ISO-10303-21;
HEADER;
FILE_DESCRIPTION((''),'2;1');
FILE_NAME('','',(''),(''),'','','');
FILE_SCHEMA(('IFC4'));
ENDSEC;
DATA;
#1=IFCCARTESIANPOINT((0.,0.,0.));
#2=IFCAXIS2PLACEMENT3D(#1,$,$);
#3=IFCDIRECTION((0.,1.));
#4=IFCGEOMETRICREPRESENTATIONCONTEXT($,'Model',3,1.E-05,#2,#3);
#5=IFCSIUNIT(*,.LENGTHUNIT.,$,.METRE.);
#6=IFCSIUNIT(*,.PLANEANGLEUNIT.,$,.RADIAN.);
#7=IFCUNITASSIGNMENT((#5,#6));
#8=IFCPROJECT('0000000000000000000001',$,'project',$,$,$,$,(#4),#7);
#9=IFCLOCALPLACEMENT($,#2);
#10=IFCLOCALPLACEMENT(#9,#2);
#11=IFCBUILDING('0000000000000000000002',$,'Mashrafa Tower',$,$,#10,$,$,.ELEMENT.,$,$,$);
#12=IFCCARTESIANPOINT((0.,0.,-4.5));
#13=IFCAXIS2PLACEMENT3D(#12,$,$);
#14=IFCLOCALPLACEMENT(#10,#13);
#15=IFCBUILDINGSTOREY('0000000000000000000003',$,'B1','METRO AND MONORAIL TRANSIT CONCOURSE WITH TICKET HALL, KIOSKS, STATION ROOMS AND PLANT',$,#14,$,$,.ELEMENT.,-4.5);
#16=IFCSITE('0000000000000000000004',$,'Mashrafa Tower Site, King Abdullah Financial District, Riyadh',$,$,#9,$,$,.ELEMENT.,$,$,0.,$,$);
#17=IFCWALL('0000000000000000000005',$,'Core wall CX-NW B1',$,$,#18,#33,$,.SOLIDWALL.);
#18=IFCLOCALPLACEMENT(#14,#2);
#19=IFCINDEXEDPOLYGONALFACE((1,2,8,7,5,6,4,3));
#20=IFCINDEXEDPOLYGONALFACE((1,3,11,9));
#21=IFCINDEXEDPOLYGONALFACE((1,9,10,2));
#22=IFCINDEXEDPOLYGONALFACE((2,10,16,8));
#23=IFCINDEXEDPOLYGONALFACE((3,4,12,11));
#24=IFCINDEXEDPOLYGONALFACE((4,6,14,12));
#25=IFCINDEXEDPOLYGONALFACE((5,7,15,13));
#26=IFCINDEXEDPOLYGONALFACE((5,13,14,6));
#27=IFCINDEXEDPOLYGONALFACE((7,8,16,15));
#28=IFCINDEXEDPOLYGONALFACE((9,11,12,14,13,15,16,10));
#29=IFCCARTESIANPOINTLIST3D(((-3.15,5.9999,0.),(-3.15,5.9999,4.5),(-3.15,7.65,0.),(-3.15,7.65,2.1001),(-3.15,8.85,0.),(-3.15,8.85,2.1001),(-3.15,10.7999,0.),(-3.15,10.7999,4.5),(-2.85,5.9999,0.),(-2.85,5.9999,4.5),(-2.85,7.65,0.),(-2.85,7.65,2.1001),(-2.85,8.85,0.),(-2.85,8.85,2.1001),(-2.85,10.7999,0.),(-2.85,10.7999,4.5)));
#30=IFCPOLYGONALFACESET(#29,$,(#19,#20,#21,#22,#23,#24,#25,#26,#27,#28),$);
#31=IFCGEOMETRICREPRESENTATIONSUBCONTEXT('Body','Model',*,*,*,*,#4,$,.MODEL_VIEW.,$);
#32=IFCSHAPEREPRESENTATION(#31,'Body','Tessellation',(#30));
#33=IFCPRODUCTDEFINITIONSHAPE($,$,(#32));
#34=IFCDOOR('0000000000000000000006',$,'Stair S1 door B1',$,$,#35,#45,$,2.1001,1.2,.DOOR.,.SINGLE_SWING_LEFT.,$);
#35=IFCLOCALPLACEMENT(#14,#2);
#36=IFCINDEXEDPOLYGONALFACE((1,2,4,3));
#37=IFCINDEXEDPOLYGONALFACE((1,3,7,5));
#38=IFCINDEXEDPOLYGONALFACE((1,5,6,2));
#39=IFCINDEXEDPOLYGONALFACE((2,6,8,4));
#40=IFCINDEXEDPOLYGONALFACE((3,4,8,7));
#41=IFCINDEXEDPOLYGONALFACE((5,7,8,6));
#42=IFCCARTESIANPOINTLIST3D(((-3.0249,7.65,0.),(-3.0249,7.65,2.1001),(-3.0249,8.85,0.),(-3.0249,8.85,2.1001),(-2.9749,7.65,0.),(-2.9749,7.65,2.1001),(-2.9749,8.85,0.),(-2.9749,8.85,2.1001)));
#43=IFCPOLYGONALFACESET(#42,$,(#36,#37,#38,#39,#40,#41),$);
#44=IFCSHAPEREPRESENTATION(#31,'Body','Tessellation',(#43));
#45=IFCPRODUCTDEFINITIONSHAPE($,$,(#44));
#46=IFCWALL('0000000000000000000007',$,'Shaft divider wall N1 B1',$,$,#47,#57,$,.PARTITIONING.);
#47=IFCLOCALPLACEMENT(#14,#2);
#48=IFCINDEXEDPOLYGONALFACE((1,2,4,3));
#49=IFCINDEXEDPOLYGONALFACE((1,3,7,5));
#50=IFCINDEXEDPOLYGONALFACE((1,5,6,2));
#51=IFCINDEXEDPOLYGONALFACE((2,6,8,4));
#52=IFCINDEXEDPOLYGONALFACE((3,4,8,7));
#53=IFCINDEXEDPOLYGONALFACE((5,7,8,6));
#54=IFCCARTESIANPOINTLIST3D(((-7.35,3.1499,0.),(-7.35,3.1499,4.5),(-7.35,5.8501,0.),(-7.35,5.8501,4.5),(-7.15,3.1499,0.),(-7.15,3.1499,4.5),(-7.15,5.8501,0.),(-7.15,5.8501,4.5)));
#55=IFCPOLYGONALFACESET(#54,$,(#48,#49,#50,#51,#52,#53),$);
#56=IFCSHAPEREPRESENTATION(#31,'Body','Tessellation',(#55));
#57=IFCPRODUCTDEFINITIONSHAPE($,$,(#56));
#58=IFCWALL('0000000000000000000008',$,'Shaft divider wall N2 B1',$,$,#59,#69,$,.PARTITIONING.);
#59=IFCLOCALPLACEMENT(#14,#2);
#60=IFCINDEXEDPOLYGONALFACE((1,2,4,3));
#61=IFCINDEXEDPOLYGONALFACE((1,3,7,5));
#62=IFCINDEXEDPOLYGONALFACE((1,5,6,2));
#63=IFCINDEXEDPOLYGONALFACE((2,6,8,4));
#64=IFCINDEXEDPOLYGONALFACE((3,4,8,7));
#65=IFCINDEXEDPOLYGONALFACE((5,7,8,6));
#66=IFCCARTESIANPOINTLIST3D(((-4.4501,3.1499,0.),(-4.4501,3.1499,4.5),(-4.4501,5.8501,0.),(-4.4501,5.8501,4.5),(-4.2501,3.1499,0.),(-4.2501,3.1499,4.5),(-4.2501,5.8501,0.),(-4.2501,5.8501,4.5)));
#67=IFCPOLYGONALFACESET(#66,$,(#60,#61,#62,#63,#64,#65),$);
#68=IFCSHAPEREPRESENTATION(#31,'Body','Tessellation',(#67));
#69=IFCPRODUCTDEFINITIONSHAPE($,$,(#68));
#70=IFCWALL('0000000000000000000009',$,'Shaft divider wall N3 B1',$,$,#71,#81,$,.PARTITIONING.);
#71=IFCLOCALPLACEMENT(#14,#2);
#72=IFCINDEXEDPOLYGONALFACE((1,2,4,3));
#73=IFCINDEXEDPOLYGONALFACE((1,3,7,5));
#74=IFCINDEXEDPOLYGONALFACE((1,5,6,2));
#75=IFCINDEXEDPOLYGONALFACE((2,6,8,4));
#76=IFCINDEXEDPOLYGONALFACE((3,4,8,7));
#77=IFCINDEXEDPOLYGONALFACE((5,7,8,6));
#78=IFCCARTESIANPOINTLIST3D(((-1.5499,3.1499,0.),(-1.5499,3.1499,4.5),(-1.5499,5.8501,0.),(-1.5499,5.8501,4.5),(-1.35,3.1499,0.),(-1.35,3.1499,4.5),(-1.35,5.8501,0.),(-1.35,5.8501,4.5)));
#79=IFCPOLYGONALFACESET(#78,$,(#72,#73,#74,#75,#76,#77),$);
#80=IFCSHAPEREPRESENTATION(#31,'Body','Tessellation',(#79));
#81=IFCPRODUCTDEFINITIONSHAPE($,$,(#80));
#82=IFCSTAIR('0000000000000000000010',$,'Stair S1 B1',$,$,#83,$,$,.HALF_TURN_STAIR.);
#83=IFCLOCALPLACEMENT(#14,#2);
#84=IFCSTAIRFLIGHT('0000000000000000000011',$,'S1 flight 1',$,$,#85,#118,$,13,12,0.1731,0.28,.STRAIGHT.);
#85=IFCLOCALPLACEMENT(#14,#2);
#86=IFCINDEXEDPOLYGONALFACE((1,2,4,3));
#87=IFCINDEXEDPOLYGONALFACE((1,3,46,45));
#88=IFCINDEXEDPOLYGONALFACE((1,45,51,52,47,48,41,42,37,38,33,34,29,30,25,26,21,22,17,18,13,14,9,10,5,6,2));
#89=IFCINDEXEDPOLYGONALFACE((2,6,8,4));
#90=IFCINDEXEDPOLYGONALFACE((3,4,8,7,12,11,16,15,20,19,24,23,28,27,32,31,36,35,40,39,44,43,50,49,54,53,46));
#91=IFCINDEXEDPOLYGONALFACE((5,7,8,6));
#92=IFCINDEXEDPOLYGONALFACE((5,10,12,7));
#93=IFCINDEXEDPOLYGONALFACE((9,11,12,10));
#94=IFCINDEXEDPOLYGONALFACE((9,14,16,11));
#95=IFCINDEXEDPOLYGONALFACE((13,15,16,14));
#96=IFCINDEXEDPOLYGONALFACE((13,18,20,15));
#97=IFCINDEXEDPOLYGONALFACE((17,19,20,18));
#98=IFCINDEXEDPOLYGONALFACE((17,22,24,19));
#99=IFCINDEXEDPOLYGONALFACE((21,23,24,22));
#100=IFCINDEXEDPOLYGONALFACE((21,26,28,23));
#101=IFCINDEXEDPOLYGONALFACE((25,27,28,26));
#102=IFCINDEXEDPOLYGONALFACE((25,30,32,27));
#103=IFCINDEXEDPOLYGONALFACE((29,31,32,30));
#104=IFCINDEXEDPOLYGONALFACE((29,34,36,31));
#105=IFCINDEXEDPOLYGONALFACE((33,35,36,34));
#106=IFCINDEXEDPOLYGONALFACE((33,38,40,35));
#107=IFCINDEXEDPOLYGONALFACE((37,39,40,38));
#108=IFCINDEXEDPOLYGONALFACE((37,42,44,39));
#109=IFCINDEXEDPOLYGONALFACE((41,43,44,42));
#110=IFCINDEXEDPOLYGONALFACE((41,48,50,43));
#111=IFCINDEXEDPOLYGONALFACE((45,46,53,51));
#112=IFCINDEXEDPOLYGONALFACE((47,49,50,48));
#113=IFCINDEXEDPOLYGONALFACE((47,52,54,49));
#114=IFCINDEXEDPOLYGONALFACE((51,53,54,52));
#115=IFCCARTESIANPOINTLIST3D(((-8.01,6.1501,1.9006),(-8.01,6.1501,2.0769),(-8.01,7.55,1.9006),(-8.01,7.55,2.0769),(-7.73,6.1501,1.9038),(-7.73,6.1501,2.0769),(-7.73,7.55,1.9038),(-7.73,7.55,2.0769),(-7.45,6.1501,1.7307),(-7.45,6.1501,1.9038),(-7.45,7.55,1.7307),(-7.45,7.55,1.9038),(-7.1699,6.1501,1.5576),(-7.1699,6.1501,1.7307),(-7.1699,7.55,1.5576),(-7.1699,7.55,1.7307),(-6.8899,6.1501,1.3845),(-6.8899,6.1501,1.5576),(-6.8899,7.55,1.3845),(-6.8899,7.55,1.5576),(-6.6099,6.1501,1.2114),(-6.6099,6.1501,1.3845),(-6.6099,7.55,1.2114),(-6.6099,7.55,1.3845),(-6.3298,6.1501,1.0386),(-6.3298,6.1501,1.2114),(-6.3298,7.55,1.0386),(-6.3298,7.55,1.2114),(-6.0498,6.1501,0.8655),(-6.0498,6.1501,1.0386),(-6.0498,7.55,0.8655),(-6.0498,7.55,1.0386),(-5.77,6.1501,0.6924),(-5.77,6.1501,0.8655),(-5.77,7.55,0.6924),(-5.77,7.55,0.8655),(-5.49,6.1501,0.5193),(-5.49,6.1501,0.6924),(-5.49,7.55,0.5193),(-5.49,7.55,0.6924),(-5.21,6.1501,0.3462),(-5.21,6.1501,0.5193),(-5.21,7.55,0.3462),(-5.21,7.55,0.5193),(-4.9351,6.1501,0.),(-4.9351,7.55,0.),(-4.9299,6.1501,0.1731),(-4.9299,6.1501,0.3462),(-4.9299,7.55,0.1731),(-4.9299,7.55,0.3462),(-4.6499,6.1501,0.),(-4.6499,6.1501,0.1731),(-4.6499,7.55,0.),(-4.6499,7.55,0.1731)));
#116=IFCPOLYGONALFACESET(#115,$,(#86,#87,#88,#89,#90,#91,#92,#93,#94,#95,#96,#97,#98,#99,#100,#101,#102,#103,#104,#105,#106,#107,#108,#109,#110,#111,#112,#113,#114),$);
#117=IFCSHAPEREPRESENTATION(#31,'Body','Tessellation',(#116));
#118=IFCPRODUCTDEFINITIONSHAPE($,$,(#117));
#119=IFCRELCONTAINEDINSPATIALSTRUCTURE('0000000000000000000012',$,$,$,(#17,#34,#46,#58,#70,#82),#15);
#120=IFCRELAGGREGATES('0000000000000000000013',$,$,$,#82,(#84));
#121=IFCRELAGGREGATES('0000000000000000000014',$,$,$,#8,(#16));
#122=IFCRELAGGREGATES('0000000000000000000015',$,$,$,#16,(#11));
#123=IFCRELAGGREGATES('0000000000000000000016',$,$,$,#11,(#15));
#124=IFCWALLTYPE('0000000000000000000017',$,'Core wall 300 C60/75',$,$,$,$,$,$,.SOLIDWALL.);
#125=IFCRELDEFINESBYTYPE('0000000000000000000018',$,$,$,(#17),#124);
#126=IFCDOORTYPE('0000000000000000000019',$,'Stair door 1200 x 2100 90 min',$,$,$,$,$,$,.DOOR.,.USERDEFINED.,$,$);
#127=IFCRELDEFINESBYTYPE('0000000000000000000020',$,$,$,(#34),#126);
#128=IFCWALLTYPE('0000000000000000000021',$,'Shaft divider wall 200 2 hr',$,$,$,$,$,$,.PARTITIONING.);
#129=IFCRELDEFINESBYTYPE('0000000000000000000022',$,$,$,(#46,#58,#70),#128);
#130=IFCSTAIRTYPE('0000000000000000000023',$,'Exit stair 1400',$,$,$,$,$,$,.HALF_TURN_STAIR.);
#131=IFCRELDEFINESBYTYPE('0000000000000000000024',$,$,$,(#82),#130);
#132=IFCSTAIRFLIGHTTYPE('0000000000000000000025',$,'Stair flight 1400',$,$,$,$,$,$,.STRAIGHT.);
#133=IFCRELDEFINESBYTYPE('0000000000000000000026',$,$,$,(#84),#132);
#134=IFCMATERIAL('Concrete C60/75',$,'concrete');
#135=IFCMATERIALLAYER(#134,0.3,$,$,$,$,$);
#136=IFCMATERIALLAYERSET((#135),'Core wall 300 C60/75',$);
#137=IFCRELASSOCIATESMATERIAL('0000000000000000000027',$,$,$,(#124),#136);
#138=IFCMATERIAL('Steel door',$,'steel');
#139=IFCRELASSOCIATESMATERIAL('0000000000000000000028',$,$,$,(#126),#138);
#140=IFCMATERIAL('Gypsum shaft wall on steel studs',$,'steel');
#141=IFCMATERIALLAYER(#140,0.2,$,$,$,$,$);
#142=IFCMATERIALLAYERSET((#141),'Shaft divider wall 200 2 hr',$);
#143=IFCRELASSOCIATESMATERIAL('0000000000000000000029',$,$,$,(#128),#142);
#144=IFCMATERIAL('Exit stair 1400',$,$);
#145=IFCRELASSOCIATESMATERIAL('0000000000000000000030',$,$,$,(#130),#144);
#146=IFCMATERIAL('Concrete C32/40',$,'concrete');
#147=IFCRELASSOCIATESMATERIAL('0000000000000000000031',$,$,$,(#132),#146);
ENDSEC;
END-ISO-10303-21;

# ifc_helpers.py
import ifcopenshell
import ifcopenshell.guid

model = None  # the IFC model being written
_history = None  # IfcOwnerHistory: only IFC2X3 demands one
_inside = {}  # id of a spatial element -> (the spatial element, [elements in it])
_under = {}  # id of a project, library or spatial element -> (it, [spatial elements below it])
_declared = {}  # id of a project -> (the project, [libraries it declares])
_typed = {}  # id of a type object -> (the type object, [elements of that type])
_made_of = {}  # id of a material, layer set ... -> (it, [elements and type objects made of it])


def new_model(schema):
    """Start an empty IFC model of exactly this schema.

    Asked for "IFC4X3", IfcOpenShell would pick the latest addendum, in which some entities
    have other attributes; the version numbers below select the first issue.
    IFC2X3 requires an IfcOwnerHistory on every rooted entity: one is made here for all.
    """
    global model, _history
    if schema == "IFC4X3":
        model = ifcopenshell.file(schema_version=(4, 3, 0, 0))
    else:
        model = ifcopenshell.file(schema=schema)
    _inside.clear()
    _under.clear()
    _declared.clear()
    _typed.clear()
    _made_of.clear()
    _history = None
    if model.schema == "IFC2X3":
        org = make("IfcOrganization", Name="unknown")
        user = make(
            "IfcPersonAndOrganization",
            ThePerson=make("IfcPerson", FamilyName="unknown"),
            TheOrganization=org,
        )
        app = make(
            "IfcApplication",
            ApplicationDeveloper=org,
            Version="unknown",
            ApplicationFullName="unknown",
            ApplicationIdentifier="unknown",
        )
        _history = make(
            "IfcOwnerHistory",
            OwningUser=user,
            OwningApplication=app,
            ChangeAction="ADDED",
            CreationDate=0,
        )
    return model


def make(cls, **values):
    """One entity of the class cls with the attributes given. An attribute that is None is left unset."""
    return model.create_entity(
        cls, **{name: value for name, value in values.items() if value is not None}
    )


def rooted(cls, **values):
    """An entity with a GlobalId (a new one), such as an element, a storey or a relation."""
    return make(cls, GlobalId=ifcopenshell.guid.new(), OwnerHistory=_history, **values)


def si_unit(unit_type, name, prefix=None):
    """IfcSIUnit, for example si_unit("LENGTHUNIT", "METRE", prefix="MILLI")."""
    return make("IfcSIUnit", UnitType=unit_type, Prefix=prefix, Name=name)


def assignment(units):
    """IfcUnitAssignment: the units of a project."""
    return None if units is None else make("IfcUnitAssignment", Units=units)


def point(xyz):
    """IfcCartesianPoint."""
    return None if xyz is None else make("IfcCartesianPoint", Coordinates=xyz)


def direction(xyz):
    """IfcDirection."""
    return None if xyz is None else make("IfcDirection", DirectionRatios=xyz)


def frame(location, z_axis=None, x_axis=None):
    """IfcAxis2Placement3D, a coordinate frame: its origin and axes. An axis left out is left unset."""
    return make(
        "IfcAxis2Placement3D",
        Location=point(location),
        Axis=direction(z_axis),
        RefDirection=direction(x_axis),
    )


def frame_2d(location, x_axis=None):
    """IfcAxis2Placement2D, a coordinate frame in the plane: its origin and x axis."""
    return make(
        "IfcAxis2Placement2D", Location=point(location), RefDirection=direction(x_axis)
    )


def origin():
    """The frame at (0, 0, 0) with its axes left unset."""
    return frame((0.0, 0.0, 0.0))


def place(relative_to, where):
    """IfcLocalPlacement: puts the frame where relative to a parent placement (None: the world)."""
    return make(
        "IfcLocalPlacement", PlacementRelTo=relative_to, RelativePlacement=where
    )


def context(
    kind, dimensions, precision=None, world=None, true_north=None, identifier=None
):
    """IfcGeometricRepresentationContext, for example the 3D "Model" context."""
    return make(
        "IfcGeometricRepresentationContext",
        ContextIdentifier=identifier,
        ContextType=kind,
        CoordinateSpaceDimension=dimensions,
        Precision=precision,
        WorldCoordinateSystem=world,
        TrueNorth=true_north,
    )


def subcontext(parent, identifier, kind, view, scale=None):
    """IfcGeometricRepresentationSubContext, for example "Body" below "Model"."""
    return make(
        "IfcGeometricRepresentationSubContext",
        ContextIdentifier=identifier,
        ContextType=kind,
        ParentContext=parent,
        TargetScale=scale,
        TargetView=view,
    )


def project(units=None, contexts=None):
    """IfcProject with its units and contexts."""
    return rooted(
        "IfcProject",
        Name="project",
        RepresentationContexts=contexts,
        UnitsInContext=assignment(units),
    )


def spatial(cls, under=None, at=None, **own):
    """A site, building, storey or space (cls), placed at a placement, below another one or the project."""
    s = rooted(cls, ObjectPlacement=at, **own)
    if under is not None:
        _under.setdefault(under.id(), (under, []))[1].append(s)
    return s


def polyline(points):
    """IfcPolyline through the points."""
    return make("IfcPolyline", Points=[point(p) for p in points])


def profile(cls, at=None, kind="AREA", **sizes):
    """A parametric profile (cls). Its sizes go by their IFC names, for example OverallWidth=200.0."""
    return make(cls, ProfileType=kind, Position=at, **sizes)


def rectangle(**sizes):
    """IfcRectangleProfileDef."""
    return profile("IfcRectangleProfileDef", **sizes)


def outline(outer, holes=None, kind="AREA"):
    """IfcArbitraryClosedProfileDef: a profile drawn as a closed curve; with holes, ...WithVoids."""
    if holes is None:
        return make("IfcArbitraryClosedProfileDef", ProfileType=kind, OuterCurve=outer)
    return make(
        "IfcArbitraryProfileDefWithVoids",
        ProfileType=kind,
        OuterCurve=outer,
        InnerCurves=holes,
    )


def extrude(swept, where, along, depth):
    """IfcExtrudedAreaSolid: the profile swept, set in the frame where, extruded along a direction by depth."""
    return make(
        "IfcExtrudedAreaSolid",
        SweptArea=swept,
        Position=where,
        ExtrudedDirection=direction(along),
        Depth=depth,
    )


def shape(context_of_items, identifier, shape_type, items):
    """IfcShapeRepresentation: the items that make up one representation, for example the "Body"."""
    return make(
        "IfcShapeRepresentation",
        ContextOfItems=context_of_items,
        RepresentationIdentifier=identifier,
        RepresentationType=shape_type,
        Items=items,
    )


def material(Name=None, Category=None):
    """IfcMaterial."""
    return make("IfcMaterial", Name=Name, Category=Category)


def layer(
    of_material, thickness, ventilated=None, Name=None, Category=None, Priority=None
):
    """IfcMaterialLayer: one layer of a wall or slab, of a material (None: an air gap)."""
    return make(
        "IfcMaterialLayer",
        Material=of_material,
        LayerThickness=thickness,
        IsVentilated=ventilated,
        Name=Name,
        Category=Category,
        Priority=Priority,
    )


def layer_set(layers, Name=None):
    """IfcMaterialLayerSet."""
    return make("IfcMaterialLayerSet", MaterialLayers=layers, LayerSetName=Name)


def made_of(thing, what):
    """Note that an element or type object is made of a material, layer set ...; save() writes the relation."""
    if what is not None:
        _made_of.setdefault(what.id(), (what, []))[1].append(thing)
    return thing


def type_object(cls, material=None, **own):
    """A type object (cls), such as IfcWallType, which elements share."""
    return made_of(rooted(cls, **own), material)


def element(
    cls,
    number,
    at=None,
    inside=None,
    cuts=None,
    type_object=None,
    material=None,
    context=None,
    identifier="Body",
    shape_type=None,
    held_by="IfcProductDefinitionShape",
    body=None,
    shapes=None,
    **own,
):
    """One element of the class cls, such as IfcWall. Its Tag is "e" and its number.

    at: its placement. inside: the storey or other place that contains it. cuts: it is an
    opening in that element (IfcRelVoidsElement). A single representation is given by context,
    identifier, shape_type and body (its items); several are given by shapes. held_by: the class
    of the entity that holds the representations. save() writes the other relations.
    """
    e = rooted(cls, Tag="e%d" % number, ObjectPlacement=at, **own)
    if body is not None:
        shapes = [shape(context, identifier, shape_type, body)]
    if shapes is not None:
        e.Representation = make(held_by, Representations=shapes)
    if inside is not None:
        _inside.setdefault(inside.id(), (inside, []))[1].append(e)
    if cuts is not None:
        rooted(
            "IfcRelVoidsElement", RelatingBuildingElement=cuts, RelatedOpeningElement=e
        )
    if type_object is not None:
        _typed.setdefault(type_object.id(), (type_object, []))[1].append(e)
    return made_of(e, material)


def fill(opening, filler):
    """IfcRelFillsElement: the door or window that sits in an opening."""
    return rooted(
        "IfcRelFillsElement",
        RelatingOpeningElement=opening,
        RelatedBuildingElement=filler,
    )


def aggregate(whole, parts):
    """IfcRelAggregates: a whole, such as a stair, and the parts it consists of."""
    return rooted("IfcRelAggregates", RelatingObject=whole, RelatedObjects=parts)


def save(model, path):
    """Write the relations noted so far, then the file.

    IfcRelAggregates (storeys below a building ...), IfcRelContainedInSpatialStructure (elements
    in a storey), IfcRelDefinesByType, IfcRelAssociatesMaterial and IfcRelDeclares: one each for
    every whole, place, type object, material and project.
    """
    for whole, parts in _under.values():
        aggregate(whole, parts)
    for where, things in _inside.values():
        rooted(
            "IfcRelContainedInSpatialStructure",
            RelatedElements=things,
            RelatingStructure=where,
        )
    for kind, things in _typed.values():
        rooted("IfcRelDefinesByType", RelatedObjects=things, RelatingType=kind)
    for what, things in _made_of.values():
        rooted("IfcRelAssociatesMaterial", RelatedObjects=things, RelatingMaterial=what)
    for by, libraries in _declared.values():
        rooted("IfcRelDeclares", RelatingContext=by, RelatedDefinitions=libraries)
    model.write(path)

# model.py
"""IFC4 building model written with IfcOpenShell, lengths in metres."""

from ifc_helpers import new_model, si_unit, direction, frame, frame_2d, origin, place, context, subcontext, project, spatial, polyline, rectangle, outline, extrude, material, layer, layer_set, type_object, element, fill, aggregate, save


model = new_model("IFC4")

# Units and contexts
model_context = context("Model", 3, precision=1e-05, world=origin(), true_north=direction((0.0, 1.0)))
body_context = subcontext(model_context, "Body", "Model", "MODEL_VIEW")
ifc_project = project(units=[si_unit("LENGTHUNIT", "METRE"), si_unit("PLANEANGLEUNIT", "RADIAN")], contexts=[model_context])

# Site, building, storey
site_placement = place(None, origin())
site = spatial("IfcSite", under=ifc_project, at=site_placement, Name="Mashrafa Tower Site, King Abdullah Financial District, Riyadh", CompositionType="ELEMENT", RefElevation=0.0)
building_placement = place(site_placement, origin())
building = spatial("IfcBuilding", under=site, at=building_placement, Name="Mashrafa Tower", CompositionType="ELEMENT")
storey_placement = place(building_placement, frame((0.0, 0.0, -4.5)))
storey = spatial("IfcBuildingStorey", under=building, at=storey_placement, Name="B1", Description="METRO AND MONORAIL TRANSIT CONCOURSE WITH TICKET HALL, KIOSKS, STATION ROOMS AND PLANT", CompositionType="ELEMENT", Elevation=-4.5)

# Shared definitions
ifc_material_1 = material(Name="Concrete C60/75", Category="concrete")
ifc_layer_1 = layer(ifc_material_1, 0.3)
ifc_layer_set_1 = layer_set([ifc_layer_1], Name="Core wall 300 C60/75")
wall_type_1 = type_object("IfcWallType", Name="Core wall 300 C60/75", PredefinedType="SOLIDWALL", material=ifc_layer_set_1)

# Wall, opening, door
wall_1_placement = place(storey_placement, frame((-3.0, 6.0, 0.0), z_axis=(0.0, 0.0, 1.0), x_axis=(0.0, 1.0, 0.0)))
wall_1 = element("IfcWall", 1, at=wall_1_placement, inside=storey, type_object=wall_type_1, Name="Core wall CX-NW B1", PredefinedType="SOLIDWALL", context=body_context, shape_type="SweptSolid", body=[
    extrude(rectangle(XDim=4.8, YDim=0.3, at=frame_2d((2.3999, 0.0))), origin(), (0.0, 0.0, 1.0), 4.5),
])
opening_1_placement = place(wall_1_placement, frame((1.6499, 0.0, 0.0)))
opening_1 = element("IfcOpeningElement", 2, at=opening_1_placement, cuts=wall_1, PredefinedType="OPENING", context=body_context, shape_type="SweptSolid", body=[
    extrude(rectangle(XDim=1.2, YDim=2.1001, at=frame_2d((0.6001, 1.05))), frame((0.0, 0.1599, 0.0), z_axis=(0.0, -1.0, 0.0), x_axis=(1.0, 0.0, 0.0)), (0.0, 0.0, 1.0), 0.3201),
])
ifc_material_2 = material(Name="Steel door", Category="steel")
door_type_1 = type_object("IfcDoorType", Name="Stair door 1200 x 2100 90 min", OperationType="USERDEFINED", PredefinedType="DOOR", material=ifc_material_2)
door_1_placement = place(opening_1_placement, origin())
door_1 = element("IfcDoor", 3, at=door_1_placement, inside=storey, type_object=door_type_1, Name="Stair S1 door B1", OperationType="SINGLE_SWING_LEFT", OverallHeight=2.1001, OverallWidth=1.2, PredefinedType="DOOR", context=body_context, shape_type="SweptSolid", body=[
    extrude(rectangle(XDim=1.2, YDim=2.1001, at=frame_2d((0.6001, 1.05))), frame((0.0, 0.0249, 0.0), z_axis=(0.0, -1.0, 0.0), x_axis=(1.0, 0.0, 0.0)), (0.0, 0.0, 1.0), 0.05),
])
fill(opening_1, door_1)

# Walls
ifc_material_3 = material(Name="Gypsum shaft wall on steel studs", Category="steel")
ifc_layer_2 = layer(ifc_material_3, 0.2)
ifc_layer_set_2 = layer_set([ifc_layer_2], Name="Shaft divider wall 200 2 hr")
wall_type_2 = type_object("IfcWallType", Name="Shaft divider wall 200 2 hr", PredefinedType="PARTITIONING", material=ifc_layer_set_2)
for number, where, z_axis, x_axis, name in (
    (4, (-7.25, 3.1499, 0.0), (0.0, 0.0, 1.0), (0.0, 1.0, 0.0), "Shaft divider wall N1 B1"),
    (5, (-4.3501, 3.1499, 0.0), (0.0, 0.0, 1.0), (0.0, 1.0, 0.0), "Shaft divider wall N2 B1"),
    (6, (-1.45, 3.1499, 0.0), (0.0, 0.0, 1.0), (0.0, 1.0, 0.0), "Shaft divider wall N3 B1"),
):
    element("IfcWall", number, at=place(storey_placement, frame(where, z_axis=z_axis, x_axis=x_axis)), inside=storey, type_object=wall_type_2, Name=name, PredefinedType="PARTITIONING", context=body_context, shape_type="SweptSolid", body=[
        extrude(rectangle(XDim=2.7002, YDim=0.2, at=frame_2d((1.3501, 0.0))), origin(), (0.0, 0.0, 1.0), 4.5),
    ])

# Stair, stair flight
ifc_material_4 = material(Name="Exit stair 1400")
stair_type = type_object("IfcStairType", Name="Exit stair 1400", PredefinedType="HALF_TURN_STAIR", material=ifc_material_4)
stair_placement = place(storey_placement, origin())
stair = element("IfcStair", 7, at=stair_placement, inside=storey, type_object=stair_type, Name="Stair S1 B1", PredefinedType="HALF_TURN_STAIR")
ifc_material_5 = material(Name="Concrete C32/40", Category="concrete")
stair_flight_type = type_object("IfcStairFlightType", Name="Stair flight 1400", PredefinedType="STRAIGHT", material=ifc_material_5)
stair_flight_placement = place(storey_placement, frame((-4.6499, 6.8501, 0.0), z_axis=(0.0, 0.0, 1.0), x_axis=(-1.0, 0.0, 0.0)))
stair_flight = element("IfcStairFlight", 8, at=stair_flight_placement, type_object=stair_flight_type, Name="S1 flight 1", NumberOfRisers=13, NumberOfTreads=12, PredefinedType="STRAIGHT", RiserHeight=0.1731, TreadLength=0.28, context=body_context, shape_type="SweptSolid", body=[
    extrude(outline(polyline([(0.0, 0.0), (0.0, 0.1731), (0.28, 0.1731), (0.28, 0.3462), (0.5601, 0.3462), (0.5601, 0.5193), (0.8401, 0.5193), (0.8401, 0.6924), (1.1201, 0.6924), (1.1201, 0.8655), (1.3999, 0.8655), (1.3999, 1.0386), (1.6799, 1.0386), (1.6799, 1.2114), (1.96, 1.2114), (1.96, 1.3845), (2.24, 1.3845), (2.24, 1.5576), (2.52, 1.5576), (2.52, 1.7307), (2.8, 1.7307), (2.8, 1.9038), (3.0801, 1.9038), (3.0801, 2.0769), (3.3601, 2.0769), (3.3601, 2.25), (3.3601, 1.9006), (0.2852, 0.0), (0.0, 0.0)])), frame((0.0, 0.7, 0.0), z_axis=(0.0, -1.0, 0.0), x_axis=(1.0, 0.0, 0.0)), (0.0, 0.0, 1.0), 1.3999),
])
aggregate(stair, [stair_flight])

save(model, "model.ifc")
